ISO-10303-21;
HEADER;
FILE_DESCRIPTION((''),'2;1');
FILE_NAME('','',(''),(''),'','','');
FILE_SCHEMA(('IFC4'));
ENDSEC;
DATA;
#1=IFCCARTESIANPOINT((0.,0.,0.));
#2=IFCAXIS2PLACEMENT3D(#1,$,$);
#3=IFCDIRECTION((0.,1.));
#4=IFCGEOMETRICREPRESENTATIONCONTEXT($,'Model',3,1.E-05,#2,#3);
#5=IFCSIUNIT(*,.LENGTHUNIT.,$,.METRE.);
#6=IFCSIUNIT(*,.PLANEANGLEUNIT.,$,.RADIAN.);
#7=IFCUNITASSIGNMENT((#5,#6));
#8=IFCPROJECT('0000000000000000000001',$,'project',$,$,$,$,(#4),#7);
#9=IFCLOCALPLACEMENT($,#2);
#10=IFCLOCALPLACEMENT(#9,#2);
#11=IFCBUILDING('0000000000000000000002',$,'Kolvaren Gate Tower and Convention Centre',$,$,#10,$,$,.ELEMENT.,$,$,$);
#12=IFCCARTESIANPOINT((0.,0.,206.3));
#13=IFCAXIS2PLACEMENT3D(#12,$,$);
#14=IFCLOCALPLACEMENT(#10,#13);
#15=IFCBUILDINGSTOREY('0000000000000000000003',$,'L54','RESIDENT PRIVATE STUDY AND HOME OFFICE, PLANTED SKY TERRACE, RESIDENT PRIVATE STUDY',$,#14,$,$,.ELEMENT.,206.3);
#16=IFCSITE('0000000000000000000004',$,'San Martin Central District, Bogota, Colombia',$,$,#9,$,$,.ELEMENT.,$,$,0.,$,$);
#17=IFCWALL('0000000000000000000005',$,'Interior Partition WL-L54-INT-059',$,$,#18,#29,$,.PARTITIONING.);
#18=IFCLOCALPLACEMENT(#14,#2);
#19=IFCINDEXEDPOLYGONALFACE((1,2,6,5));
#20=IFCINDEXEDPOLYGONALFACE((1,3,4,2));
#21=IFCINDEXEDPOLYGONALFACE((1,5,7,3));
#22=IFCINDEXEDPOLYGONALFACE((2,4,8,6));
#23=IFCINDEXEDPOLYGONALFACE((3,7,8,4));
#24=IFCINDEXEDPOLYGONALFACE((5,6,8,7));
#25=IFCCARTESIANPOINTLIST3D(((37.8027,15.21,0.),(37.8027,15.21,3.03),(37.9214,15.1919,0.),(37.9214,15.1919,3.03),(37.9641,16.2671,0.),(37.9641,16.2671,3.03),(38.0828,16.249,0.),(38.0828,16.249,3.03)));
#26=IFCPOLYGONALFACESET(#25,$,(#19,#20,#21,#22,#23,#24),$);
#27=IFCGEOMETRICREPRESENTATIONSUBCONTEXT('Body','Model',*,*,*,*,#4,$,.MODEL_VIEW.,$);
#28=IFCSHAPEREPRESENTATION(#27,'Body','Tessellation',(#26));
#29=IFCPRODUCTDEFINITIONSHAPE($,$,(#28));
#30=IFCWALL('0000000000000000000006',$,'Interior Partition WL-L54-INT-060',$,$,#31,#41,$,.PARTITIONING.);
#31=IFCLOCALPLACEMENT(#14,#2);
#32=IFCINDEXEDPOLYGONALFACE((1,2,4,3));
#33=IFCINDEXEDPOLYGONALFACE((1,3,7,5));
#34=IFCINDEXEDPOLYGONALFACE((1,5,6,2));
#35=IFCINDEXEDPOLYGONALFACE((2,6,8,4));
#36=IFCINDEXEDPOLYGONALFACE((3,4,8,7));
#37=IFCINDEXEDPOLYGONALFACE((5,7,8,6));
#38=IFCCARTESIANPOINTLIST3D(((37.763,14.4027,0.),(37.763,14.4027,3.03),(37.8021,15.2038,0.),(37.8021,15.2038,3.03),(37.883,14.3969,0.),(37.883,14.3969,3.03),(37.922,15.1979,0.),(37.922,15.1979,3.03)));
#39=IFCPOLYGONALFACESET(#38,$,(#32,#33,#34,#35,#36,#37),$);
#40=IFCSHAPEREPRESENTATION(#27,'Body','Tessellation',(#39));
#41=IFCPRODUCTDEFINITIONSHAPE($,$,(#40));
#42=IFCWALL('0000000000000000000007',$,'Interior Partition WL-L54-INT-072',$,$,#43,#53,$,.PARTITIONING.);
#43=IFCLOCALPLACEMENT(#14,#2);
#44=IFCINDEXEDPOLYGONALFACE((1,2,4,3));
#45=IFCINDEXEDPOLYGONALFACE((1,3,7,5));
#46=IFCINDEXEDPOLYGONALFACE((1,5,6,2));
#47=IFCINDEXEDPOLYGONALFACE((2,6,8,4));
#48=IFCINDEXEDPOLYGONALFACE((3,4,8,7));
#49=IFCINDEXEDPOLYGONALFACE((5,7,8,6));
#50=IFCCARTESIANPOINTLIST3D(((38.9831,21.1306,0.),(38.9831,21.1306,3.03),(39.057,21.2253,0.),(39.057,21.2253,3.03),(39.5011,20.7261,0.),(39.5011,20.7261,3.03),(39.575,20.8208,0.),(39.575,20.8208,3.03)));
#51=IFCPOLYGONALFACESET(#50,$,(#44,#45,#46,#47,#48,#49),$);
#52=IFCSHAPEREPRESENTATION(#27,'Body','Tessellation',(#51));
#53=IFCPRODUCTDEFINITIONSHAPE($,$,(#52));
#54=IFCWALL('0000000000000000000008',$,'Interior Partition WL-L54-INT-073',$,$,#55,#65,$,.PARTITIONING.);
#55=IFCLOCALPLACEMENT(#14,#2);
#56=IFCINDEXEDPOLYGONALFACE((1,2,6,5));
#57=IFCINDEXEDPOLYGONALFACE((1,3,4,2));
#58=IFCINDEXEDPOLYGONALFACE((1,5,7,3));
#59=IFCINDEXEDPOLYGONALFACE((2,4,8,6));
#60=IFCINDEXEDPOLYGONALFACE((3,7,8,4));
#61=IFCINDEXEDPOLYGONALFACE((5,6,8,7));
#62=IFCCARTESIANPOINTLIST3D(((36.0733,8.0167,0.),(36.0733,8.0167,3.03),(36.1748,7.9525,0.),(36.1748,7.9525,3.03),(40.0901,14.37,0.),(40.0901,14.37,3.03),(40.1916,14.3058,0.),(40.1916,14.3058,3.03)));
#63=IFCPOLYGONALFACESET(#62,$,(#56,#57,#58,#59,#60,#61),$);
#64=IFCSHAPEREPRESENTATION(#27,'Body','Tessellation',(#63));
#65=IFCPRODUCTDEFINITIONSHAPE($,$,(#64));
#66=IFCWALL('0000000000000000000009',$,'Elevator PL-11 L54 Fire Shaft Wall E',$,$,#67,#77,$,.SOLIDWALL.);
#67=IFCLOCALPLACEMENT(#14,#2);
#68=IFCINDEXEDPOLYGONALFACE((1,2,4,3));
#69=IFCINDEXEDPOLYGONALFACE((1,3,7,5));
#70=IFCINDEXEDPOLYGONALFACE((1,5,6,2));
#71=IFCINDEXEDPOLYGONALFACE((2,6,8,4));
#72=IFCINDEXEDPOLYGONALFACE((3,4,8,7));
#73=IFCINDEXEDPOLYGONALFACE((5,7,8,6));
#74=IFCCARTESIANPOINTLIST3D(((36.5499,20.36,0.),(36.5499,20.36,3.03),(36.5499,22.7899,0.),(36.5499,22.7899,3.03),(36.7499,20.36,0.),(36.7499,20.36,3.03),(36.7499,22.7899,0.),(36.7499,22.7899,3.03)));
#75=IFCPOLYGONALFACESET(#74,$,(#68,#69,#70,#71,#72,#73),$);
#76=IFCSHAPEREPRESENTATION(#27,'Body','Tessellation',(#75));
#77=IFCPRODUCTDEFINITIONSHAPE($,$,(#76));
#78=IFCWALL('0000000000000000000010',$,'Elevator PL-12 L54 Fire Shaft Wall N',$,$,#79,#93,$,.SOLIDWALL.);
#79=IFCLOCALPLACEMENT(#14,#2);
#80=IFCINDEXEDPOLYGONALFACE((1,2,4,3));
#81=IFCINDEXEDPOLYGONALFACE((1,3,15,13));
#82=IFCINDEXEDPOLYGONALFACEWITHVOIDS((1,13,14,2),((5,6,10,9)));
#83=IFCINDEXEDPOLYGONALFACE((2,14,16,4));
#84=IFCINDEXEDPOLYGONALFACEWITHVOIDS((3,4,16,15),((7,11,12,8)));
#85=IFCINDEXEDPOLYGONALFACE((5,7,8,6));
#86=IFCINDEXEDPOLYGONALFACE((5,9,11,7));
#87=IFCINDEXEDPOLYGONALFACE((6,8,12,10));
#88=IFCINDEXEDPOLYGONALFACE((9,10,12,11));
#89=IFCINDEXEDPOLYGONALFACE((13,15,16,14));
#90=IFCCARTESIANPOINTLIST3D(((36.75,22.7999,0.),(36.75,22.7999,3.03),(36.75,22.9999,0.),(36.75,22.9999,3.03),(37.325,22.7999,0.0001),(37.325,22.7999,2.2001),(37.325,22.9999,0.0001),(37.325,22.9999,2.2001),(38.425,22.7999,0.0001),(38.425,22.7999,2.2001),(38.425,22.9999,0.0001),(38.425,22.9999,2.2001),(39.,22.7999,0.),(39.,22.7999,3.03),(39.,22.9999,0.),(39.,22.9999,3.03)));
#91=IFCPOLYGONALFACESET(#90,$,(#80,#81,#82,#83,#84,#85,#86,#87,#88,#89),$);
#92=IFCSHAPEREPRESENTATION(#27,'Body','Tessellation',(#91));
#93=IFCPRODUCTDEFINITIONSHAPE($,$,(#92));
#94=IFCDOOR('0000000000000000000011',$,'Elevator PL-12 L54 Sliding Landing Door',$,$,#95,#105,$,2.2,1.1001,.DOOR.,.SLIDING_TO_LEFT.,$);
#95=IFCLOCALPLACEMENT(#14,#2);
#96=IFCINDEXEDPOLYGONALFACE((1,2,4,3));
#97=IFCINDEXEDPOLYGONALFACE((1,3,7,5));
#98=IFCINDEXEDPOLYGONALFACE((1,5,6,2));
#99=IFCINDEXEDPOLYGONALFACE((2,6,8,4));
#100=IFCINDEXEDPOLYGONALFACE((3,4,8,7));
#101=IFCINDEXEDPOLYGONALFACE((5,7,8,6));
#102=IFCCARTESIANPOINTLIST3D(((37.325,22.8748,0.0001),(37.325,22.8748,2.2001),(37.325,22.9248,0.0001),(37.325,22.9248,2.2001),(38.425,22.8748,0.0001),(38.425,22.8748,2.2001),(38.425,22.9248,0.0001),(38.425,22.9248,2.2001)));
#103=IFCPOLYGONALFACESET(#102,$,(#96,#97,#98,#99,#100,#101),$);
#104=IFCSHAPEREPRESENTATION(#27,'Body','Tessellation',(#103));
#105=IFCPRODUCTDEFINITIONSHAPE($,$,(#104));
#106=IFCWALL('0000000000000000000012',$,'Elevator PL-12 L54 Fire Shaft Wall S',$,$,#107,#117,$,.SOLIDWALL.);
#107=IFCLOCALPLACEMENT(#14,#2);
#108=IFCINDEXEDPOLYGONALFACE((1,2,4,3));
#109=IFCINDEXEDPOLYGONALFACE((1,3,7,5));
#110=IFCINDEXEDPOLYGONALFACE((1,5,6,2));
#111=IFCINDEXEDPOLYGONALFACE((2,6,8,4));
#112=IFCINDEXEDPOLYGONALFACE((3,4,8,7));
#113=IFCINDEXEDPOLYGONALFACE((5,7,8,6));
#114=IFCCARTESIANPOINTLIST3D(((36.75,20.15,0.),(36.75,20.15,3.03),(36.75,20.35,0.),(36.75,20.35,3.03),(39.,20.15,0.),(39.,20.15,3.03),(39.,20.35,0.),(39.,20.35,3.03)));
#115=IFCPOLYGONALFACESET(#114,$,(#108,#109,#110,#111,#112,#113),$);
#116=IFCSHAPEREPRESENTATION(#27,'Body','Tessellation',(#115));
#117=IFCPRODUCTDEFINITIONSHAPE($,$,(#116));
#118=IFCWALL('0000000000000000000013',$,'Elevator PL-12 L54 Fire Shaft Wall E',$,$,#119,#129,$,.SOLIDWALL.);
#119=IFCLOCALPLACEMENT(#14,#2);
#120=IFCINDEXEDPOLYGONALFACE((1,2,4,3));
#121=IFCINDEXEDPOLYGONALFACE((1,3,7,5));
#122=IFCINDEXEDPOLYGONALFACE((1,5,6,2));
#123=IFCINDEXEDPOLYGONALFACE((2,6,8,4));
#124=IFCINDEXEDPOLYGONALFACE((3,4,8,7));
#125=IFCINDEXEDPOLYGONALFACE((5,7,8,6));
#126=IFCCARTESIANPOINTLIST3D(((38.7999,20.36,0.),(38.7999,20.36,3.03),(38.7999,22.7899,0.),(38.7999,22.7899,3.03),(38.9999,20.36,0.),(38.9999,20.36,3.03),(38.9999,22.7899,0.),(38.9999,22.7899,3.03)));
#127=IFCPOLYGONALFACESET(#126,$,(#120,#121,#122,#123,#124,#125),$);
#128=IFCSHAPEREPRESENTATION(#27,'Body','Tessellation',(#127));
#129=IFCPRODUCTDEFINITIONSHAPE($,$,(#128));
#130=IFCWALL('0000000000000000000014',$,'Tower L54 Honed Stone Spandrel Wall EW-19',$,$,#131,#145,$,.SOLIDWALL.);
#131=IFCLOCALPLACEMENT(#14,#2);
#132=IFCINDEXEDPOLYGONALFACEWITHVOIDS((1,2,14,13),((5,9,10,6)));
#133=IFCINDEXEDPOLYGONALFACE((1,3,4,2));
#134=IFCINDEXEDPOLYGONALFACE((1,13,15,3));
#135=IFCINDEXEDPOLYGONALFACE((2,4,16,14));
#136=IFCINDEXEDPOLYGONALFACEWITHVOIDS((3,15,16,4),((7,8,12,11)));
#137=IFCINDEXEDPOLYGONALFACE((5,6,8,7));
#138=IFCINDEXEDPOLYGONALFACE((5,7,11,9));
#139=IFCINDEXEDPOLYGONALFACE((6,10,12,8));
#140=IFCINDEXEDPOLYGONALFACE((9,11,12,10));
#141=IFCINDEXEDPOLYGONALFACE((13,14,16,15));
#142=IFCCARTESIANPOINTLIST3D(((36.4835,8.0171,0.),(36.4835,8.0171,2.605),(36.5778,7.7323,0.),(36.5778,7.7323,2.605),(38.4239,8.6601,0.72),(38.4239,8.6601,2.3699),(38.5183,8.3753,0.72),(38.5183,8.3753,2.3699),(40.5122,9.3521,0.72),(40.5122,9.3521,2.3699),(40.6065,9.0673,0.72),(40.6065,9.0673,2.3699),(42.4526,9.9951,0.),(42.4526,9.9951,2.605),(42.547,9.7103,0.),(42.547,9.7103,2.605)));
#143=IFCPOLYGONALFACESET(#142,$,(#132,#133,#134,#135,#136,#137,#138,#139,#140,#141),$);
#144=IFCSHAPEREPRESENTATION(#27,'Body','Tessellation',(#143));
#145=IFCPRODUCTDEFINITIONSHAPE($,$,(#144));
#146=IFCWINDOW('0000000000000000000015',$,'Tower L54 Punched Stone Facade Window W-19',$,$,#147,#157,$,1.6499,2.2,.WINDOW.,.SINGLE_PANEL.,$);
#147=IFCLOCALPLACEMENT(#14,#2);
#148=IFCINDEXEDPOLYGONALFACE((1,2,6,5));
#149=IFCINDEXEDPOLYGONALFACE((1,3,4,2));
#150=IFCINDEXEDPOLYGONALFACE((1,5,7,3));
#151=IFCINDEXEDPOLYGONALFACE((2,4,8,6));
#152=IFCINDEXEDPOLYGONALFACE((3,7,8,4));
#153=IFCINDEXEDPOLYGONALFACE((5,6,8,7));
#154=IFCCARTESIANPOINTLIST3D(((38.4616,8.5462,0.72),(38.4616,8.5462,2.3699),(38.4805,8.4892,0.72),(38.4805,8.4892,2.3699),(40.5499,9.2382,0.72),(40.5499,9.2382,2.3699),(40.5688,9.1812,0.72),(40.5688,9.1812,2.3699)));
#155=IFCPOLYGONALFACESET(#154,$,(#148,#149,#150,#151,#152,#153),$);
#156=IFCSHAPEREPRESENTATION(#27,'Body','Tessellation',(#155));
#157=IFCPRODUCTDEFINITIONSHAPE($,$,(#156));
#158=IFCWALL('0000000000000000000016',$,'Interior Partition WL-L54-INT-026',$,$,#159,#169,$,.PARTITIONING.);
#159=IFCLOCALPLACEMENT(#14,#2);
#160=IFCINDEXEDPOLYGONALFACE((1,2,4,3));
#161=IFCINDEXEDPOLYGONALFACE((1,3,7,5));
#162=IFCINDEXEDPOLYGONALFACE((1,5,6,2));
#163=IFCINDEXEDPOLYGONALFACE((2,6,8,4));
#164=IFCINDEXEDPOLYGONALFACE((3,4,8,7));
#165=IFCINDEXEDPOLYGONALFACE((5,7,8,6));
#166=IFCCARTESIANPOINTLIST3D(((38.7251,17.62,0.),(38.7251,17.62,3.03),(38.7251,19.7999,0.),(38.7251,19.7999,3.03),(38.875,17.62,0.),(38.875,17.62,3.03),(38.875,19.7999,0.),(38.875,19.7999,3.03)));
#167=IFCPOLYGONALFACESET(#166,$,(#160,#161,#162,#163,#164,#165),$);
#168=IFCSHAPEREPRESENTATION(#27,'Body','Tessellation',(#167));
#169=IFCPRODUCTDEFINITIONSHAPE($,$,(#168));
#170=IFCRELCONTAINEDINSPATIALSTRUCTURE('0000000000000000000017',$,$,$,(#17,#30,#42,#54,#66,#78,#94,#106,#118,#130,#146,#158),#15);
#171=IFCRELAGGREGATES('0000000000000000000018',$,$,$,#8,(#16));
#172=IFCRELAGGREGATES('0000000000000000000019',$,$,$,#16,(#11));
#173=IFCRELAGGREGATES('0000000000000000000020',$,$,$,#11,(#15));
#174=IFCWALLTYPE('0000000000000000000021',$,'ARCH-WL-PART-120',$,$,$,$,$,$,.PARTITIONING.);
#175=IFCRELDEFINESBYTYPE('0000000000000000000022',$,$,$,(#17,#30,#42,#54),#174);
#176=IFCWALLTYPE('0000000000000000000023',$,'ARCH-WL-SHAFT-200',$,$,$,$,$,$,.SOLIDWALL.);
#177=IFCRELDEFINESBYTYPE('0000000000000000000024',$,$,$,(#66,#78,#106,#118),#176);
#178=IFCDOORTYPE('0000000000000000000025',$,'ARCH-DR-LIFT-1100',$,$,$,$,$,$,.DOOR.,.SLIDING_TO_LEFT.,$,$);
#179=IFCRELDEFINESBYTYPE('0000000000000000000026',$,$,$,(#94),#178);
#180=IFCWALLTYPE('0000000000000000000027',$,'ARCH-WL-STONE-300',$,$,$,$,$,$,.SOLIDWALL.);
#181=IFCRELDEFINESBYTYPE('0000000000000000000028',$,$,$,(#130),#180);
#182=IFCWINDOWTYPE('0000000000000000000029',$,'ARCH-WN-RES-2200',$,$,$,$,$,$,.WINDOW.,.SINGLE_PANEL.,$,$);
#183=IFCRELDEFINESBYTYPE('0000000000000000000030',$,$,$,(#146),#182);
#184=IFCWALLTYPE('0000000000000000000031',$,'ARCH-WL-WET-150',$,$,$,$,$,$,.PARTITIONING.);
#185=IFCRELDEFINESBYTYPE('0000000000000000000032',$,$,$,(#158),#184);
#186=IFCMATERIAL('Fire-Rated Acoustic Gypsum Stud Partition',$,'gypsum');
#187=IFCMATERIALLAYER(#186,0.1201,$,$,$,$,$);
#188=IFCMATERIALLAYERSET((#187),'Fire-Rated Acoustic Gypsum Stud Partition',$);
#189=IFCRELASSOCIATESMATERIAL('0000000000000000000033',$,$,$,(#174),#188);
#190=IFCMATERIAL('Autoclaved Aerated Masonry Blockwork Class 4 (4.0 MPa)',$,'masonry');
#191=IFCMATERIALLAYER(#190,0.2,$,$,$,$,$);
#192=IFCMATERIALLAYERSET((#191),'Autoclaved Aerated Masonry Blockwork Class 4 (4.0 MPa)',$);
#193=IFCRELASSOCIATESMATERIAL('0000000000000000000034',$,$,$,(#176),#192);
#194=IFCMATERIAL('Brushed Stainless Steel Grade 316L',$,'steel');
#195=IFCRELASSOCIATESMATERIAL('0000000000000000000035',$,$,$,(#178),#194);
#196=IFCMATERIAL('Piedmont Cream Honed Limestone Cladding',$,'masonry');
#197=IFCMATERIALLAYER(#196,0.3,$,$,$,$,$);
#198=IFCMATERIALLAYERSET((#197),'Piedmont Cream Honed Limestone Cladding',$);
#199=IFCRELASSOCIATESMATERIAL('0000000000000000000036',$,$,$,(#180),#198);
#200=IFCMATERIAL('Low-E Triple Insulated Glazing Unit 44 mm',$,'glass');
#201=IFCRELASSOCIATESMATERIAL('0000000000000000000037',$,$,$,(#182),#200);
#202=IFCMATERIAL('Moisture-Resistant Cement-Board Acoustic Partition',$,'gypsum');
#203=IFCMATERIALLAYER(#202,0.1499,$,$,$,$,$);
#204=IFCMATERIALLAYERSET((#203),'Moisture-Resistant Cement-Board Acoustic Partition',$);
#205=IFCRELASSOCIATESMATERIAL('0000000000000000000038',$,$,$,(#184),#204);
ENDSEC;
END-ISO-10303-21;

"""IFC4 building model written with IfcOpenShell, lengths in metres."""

from ifc_helpers import new_model, si_unit, direction, frame, frame_2d, origin, place, context, subcontext, project, spatial, rectangle, extrude, material, layer, layer_set, type_object, element, fill, save


model = new_model("IFC4")

# Units and contexts
model_context = context("Model", 3, precision=1e-05, world=origin(), true_north=direction((0.0, 1.0)))
body_context = subcontext(model_context, "Body", "Model", "MODEL_VIEW")
ifc_project = project(units=[si_unit("LENGTHUNIT", "METRE"), si_unit("PLANEANGLEUNIT", "RADIAN")], contexts=[model_context])

# Site, building, storey
site_placement = place(None, origin())
site = spatial("IfcSite", under=ifc_project, at=site_placement, Name="San Martin Central District, Bogota, Colombia", CompositionType="ELEMENT", RefElevation=0.0)
building_placement = place(site_placement, origin())
building = spatial("IfcBuilding", under=site, at=building_placement, Name="Kolvaren Gate Tower and Convention Centre", CompositionType="ELEMENT")
storey_placement = place(building_placement, frame((0.0, 0.0, 206.3)))
storey = spatial("IfcBuildingStorey", under=building, at=storey_placement, Name="L54", Description="RESIDENT PRIVATE STUDY AND HOME OFFICE, PLANTED SKY TERRACE, RESIDENT PRIVATE STUDY", CompositionType="ELEMENT", Elevation=206.3)

# Walls
ifc_material_1 = material(Name="Fire-Rated Acoustic Gypsum Stud Partition", Category="gypsum")
ifc_layer_1 = layer(ifc_material_1, 0.1201)
ifc_layer_set_1 = layer_set([ifc_layer_1], Name="Fire-Rated Acoustic Gypsum Stud Partition")
wall_type_1 = type_object("IfcWallType", Name="ARCH-WL-PART-120", PredefinedType="PARTITIONING", material=ifc_layer_set_1)
wall_1_placement = place(storey_placement, frame((37.8621, 15.2009, 0.0), z_axis=(0.0, 0.0, 1.0), x_axis=(0.150908, 0.988548, 0.0)))
element("IfcWall", 1, at=wall_1_placement, inside=storey, type_object=wall_type_1, Name="Interior Partition WL-L54-INT-059", PredefinedType="PARTITIONING", context=body_context, shape_type="SweptSolid", body=[
    extrude(rectangle(XDim=1.0693, YDim=0.1201, at=frame_2d((0.5347, 0.0))), origin(), (0.0, 0.0, 1.0), 3.03),
])
wall_2_placement = place(storey_placement, frame((37.823, 14.3999, 0.0), z_axis=(0.0, 0.0, 1.0), x_axis=(0.048708, 0.998813, 0.0)))
element("IfcWall", 2, at=wall_2_placement, inside=storey, type_object=wall_type_1, Name="Interior Partition WL-L54-INT-060", PredefinedType="PARTITIONING", context=body_context, shape_type="SweptSolid", body=[
    extrude(rectangle(XDim=0.802, YDim=0.1201, at=frame_2d((0.4009, 0.0))), origin(), (0.0, 0.0, 1.0), 3.03),
])
wall_3_placement = place(storey_placement, frame((39.02, 21.178, 0.0), z_axis=(0.0, 0.0, 1.0), x_axis=(0.788171, -0.615457, 0.0)))
element("IfcWall", 3, at=wall_3_placement, inside=storey, type_object=wall_type_1, Name="Interior Partition WL-L54-INT-072", PredefinedType="PARTITIONING", context=body_context, shape_type="SweptSolid", body=[
    extrude(rectangle(XDim=0.6572, YDim=0.1201, at=frame_2d((0.3286, 0.0))), origin(), (0.0, 0.0, 1.0), 3.03),
])
wall_4_placement = place(storey_placement, frame((36.124, 7.9846, 0.0), z_axis=(0.0, 0.0, 1.0), x_axis=(0.534397, 0.845233, 0.0)))
element("IfcWall", 4, at=wall_4_placement, inside=storey, type_object=wall_type_1, Name="Interior Partition WL-L54-INT-073", PredefinedType="PARTITIONING", context=body_context, shape_type="SweptSolid", body=[
    extrude(rectangle(XDim=7.5166, YDim=0.1201, at=frame_2d((3.7583, 0.0))), origin(), (0.0, 0.0, 1.0), 3.03),
])
ifc_material_2 = material(Name="Autoclaved Aerated Masonry Blockwork Class 4 (4.0 MPa)", Category="masonry")
ifc_layer_2 = layer(ifc_material_2, 0.2)
ifc_layer_set_2 = layer_set([ifc_layer_2], Name="Autoclaved Aerated Masonry Blockwork Class 4 (4.0 MPa)")
wall_type_2 = type_object("IfcWallType", Name="ARCH-WL-SHAFT-200", PredefinedType="SOLIDWALL", material=ifc_layer_set_2)
wall_5_placement = place(storey_placement, frame((36.6499, 20.3601, 0.0), z_axis=(0.0, 0.0, 1.0), x_axis=(0.0, 1.0, 0.0)))
element("IfcWall", 5, at=wall_5_placement, inside=storey, type_object=wall_type_2, Name="Elevator PL-11 L54 Fire Shaft Wall E", PredefinedType="SOLIDWALL", context=body_context, shape_type="SweptSolid", body=[
    extrude(rectangle(XDim=2.4299, YDim=0.2, at=frame_2d((1.2148, 0.0))), origin(), (0.0, 0.0, 1.0), 3.03),
])

# Wall, opening, door
wall_6_placement = place(storey_placement, frame((36.75, 22.8999, 0.0), z_axis=(0.0, 0.0, 1.0), x_axis=(1.0, 0.0, 0.0)))
wall_6 = element("IfcWall", 6, at=wall_6_placement, inside=storey, type_object=wall_type_2, Name="Elevator PL-12 L54 Fire Shaft Wall N", PredefinedType="SOLIDWALL", context=body_context, shape_type="SweptSolid", body=[
    extrude(rectangle(XDim=2.25, YDim=0.2, at=frame_2d((1.125, 0.0))), origin(), (0.0, 0.0, 1.0), 3.03),
])
opening_1_placement = place(wall_6_placement, frame((0.575, 0.0, 0.0)))
opening_1 = element("IfcOpeningElement", 7, at=opening_1_placement, cuts=wall_6, PredefinedType="OPENING", context=body_context, shape_type="SweptSolid", body=[
    extrude(rectangle(XDim=1.1001, YDim=2.2, at=frame_2d((0.55, 1.1001))), frame((0.0, 0.1099, 0.0), z_axis=(0.0, -1.0, 0.0), x_axis=(1.0, 0.0, 0.0)), (0.0, 0.0, 1.0), 0.22),
])
ifc_material_3 = material(Name="Brushed Stainless Steel Grade 316L", Category="steel")
door_type = type_object("IfcDoorType", Name="ARCH-DR-LIFT-1100", OperationType="SLIDING_TO_LEFT", PredefinedType="DOOR", material=ifc_material_3)
door_placement = place(opening_1_placement, origin())
door = element("IfcDoor", 8, at=door_placement, inside=storey, type_object=door_type, Name="Elevator PL-12 L54 Sliding Landing Door", OperationType="SLIDING_TO_LEFT", OverallHeight=2.2, OverallWidth=1.1001, PredefinedType="DOOR", context=body_context, shape_type="SweptSolid", body=[
    extrude(rectangle(XDim=1.1001, YDim=2.2, at=frame_2d((0.55, 1.1001))), frame((0.0, 0.0249, 0.0), z_axis=(0.0, -1.0, 0.0), x_axis=(1.0, 0.0, 0.0)), (0.0, 0.0, 1.0), 0.05),
])
fill(opening_1, door)

# Walls
wall_7_placement = place(storey_placement, frame((36.75, 20.25, 0.0), z_axis=(0.0, 0.0, 1.0), x_axis=(1.0, 0.0, 0.0)))
element("IfcWall", 9, at=wall_7_placement, inside=storey, type_object=wall_type_2, Name="Elevator PL-12 L54 Fire Shaft Wall S", PredefinedType="SOLIDWALL", context=body_context, shape_type="SweptSolid", body=[
    extrude(rectangle(XDim=2.25, YDim=0.2, at=frame_2d((1.125, 0.0))), origin(), (0.0, 0.0, 1.0), 3.03),
])
wall_8_placement = place(storey_placement, frame((38.8999, 20.3601, 0.0), z_axis=(0.0, 0.0, 1.0), x_axis=(0.0, 1.0, 0.0)))
element("IfcWall", 10, at=wall_8_placement, inside=storey, type_object=wall_type_2, Name="Elevator PL-12 L54 Fire Shaft Wall E", PredefinedType="SOLIDWALL", context=body_context, shape_type="SweptSolid", body=[
    extrude(rectangle(XDim=2.4299, YDim=0.2, at=frame_2d((1.2148, 0.0))), origin(), (0.0, 0.0, 1.0), 3.03),
])

# Wall, opening, window
ifc_material_4 = material(Name="Piedmont Cream Honed Limestone Cladding", Category="masonry")
ifc_layer_3 = layer(ifc_material_4, 0.3)
ifc_layer_set_3 = layer_set([ifc_layer_3], Name="Piedmont Cream Honed Limestone Cladding")
wall_type_3 = type_object("IfcWallType", Name="ARCH-WL-STONE-300", PredefinedType="SOLIDWALL", material=ifc_layer_set_3)
wall_9_placement = place(storey_placement, frame((36.5308, 7.8748, 0.0), z_axis=(0.0, 0.0, 1.0), x_axis=(0.949241, 0.31455, 0.0)))
wall_9 = element("IfcWall", 11, at=wall_9_placement, inside=storey, type_object=wall_type_3, Name="Tower L54 Honed Stone Spandrel Wall EW-19", PredefinedType="SOLIDWALL", context=body_context, shape_type="SweptSolid", body=[
    extrude(rectangle(XDim=6.2883, YDim=0.3, at=frame_2d((3.144, 0.0))), origin(), (0.0, 0.0, 1.0), 2.605),
])
opening_2_placement = place(wall_9_placement, frame((2.0439, 0.0, 0.72)))
opening_2 = element("IfcOpeningElement", 12, at=opening_2_placement, cuts=wall_9, PredefinedType="OPENING", context=body_context, shape_type="SweptSolid", body=[
    extrude(rectangle(XDim=2.2, YDim=1.6499, at=frame_2d((1.1001, 0.825))), frame((0.0, 0.1599, 0.0), z_axis=(0.0, -1.0, 0.0), x_axis=(1.0, 0.0, 0.0)), (0.0, 0.0, 1.0), 0.3201),
])
ifc_material_5 = material(Name="Low-E Triple Insulated Glazing Unit 44 mm", Category="glass")
window_type = type_object("IfcWindowType", Name="ARCH-WN-RES-2200", PartitioningType="SINGLE_PANEL", PredefinedType="WINDOW", material=ifc_material_5)
window_placement = place(opening_2_placement, origin())
window = element("IfcWindow", 13, at=window_placement, inside=storey, type_object=window_type, Name="Tower L54 Punched Stone Facade Window W-19", OverallHeight=1.6499, OverallWidth=2.2, PartitioningType="SINGLE_PANEL", PredefinedType="WINDOW", context=body_context, shape_type="SweptSolid", body=[
    extrude(rectangle(XDim=2.2, YDim=1.6499, at=frame_2d((1.1001, 0.825))), frame((0.0, 0.03, 0.0), z_axis=(0.0, -1.0, 0.0), x_axis=(1.0, 0.0, 0.0)), (0.0, 0.0, 1.0), 0.0601),
])
fill(opening_2, window)

# Wall
ifc_material_6 = material(Name="Moisture-Resistant Cement-Board Acoustic Partition", Category="gypsum")
ifc_layer_4 = layer(ifc_material_6, 0.1499)
ifc_layer_set_4 = layer_set([ifc_layer_4], Name="Moisture-Resistant Cement-Board Acoustic Partition")
wall_type_4 = type_object("IfcWallType", Name="ARCH-WL-WET-150", PredefinedType="PARTITIONING", material=ifc_layer_set_4)
wall_10_placement = place(storey_placement, frame((38.8, 17.6201, 0.0), z_axis=(0.0, 0.0, 1.0), x_axis=(0.0, 1.0, 0.0)))
element("IfcWall", 14, at=wall_10_placement, inside=storey, type_object=wall_type_4, Name="Interior Partition WL-L54-INT-026", PredefinedType="PARTITIONING", context=body_context, shape_type="SweptSolid", body=[
    extrude(rectangle(XDim=2.1799, YDim=0.1499, at=frame_2d((1.0898, 0.0))), origin(), (0.0, 0.0, 1.0), 3.03),
])

save(model, "model.ifc")
